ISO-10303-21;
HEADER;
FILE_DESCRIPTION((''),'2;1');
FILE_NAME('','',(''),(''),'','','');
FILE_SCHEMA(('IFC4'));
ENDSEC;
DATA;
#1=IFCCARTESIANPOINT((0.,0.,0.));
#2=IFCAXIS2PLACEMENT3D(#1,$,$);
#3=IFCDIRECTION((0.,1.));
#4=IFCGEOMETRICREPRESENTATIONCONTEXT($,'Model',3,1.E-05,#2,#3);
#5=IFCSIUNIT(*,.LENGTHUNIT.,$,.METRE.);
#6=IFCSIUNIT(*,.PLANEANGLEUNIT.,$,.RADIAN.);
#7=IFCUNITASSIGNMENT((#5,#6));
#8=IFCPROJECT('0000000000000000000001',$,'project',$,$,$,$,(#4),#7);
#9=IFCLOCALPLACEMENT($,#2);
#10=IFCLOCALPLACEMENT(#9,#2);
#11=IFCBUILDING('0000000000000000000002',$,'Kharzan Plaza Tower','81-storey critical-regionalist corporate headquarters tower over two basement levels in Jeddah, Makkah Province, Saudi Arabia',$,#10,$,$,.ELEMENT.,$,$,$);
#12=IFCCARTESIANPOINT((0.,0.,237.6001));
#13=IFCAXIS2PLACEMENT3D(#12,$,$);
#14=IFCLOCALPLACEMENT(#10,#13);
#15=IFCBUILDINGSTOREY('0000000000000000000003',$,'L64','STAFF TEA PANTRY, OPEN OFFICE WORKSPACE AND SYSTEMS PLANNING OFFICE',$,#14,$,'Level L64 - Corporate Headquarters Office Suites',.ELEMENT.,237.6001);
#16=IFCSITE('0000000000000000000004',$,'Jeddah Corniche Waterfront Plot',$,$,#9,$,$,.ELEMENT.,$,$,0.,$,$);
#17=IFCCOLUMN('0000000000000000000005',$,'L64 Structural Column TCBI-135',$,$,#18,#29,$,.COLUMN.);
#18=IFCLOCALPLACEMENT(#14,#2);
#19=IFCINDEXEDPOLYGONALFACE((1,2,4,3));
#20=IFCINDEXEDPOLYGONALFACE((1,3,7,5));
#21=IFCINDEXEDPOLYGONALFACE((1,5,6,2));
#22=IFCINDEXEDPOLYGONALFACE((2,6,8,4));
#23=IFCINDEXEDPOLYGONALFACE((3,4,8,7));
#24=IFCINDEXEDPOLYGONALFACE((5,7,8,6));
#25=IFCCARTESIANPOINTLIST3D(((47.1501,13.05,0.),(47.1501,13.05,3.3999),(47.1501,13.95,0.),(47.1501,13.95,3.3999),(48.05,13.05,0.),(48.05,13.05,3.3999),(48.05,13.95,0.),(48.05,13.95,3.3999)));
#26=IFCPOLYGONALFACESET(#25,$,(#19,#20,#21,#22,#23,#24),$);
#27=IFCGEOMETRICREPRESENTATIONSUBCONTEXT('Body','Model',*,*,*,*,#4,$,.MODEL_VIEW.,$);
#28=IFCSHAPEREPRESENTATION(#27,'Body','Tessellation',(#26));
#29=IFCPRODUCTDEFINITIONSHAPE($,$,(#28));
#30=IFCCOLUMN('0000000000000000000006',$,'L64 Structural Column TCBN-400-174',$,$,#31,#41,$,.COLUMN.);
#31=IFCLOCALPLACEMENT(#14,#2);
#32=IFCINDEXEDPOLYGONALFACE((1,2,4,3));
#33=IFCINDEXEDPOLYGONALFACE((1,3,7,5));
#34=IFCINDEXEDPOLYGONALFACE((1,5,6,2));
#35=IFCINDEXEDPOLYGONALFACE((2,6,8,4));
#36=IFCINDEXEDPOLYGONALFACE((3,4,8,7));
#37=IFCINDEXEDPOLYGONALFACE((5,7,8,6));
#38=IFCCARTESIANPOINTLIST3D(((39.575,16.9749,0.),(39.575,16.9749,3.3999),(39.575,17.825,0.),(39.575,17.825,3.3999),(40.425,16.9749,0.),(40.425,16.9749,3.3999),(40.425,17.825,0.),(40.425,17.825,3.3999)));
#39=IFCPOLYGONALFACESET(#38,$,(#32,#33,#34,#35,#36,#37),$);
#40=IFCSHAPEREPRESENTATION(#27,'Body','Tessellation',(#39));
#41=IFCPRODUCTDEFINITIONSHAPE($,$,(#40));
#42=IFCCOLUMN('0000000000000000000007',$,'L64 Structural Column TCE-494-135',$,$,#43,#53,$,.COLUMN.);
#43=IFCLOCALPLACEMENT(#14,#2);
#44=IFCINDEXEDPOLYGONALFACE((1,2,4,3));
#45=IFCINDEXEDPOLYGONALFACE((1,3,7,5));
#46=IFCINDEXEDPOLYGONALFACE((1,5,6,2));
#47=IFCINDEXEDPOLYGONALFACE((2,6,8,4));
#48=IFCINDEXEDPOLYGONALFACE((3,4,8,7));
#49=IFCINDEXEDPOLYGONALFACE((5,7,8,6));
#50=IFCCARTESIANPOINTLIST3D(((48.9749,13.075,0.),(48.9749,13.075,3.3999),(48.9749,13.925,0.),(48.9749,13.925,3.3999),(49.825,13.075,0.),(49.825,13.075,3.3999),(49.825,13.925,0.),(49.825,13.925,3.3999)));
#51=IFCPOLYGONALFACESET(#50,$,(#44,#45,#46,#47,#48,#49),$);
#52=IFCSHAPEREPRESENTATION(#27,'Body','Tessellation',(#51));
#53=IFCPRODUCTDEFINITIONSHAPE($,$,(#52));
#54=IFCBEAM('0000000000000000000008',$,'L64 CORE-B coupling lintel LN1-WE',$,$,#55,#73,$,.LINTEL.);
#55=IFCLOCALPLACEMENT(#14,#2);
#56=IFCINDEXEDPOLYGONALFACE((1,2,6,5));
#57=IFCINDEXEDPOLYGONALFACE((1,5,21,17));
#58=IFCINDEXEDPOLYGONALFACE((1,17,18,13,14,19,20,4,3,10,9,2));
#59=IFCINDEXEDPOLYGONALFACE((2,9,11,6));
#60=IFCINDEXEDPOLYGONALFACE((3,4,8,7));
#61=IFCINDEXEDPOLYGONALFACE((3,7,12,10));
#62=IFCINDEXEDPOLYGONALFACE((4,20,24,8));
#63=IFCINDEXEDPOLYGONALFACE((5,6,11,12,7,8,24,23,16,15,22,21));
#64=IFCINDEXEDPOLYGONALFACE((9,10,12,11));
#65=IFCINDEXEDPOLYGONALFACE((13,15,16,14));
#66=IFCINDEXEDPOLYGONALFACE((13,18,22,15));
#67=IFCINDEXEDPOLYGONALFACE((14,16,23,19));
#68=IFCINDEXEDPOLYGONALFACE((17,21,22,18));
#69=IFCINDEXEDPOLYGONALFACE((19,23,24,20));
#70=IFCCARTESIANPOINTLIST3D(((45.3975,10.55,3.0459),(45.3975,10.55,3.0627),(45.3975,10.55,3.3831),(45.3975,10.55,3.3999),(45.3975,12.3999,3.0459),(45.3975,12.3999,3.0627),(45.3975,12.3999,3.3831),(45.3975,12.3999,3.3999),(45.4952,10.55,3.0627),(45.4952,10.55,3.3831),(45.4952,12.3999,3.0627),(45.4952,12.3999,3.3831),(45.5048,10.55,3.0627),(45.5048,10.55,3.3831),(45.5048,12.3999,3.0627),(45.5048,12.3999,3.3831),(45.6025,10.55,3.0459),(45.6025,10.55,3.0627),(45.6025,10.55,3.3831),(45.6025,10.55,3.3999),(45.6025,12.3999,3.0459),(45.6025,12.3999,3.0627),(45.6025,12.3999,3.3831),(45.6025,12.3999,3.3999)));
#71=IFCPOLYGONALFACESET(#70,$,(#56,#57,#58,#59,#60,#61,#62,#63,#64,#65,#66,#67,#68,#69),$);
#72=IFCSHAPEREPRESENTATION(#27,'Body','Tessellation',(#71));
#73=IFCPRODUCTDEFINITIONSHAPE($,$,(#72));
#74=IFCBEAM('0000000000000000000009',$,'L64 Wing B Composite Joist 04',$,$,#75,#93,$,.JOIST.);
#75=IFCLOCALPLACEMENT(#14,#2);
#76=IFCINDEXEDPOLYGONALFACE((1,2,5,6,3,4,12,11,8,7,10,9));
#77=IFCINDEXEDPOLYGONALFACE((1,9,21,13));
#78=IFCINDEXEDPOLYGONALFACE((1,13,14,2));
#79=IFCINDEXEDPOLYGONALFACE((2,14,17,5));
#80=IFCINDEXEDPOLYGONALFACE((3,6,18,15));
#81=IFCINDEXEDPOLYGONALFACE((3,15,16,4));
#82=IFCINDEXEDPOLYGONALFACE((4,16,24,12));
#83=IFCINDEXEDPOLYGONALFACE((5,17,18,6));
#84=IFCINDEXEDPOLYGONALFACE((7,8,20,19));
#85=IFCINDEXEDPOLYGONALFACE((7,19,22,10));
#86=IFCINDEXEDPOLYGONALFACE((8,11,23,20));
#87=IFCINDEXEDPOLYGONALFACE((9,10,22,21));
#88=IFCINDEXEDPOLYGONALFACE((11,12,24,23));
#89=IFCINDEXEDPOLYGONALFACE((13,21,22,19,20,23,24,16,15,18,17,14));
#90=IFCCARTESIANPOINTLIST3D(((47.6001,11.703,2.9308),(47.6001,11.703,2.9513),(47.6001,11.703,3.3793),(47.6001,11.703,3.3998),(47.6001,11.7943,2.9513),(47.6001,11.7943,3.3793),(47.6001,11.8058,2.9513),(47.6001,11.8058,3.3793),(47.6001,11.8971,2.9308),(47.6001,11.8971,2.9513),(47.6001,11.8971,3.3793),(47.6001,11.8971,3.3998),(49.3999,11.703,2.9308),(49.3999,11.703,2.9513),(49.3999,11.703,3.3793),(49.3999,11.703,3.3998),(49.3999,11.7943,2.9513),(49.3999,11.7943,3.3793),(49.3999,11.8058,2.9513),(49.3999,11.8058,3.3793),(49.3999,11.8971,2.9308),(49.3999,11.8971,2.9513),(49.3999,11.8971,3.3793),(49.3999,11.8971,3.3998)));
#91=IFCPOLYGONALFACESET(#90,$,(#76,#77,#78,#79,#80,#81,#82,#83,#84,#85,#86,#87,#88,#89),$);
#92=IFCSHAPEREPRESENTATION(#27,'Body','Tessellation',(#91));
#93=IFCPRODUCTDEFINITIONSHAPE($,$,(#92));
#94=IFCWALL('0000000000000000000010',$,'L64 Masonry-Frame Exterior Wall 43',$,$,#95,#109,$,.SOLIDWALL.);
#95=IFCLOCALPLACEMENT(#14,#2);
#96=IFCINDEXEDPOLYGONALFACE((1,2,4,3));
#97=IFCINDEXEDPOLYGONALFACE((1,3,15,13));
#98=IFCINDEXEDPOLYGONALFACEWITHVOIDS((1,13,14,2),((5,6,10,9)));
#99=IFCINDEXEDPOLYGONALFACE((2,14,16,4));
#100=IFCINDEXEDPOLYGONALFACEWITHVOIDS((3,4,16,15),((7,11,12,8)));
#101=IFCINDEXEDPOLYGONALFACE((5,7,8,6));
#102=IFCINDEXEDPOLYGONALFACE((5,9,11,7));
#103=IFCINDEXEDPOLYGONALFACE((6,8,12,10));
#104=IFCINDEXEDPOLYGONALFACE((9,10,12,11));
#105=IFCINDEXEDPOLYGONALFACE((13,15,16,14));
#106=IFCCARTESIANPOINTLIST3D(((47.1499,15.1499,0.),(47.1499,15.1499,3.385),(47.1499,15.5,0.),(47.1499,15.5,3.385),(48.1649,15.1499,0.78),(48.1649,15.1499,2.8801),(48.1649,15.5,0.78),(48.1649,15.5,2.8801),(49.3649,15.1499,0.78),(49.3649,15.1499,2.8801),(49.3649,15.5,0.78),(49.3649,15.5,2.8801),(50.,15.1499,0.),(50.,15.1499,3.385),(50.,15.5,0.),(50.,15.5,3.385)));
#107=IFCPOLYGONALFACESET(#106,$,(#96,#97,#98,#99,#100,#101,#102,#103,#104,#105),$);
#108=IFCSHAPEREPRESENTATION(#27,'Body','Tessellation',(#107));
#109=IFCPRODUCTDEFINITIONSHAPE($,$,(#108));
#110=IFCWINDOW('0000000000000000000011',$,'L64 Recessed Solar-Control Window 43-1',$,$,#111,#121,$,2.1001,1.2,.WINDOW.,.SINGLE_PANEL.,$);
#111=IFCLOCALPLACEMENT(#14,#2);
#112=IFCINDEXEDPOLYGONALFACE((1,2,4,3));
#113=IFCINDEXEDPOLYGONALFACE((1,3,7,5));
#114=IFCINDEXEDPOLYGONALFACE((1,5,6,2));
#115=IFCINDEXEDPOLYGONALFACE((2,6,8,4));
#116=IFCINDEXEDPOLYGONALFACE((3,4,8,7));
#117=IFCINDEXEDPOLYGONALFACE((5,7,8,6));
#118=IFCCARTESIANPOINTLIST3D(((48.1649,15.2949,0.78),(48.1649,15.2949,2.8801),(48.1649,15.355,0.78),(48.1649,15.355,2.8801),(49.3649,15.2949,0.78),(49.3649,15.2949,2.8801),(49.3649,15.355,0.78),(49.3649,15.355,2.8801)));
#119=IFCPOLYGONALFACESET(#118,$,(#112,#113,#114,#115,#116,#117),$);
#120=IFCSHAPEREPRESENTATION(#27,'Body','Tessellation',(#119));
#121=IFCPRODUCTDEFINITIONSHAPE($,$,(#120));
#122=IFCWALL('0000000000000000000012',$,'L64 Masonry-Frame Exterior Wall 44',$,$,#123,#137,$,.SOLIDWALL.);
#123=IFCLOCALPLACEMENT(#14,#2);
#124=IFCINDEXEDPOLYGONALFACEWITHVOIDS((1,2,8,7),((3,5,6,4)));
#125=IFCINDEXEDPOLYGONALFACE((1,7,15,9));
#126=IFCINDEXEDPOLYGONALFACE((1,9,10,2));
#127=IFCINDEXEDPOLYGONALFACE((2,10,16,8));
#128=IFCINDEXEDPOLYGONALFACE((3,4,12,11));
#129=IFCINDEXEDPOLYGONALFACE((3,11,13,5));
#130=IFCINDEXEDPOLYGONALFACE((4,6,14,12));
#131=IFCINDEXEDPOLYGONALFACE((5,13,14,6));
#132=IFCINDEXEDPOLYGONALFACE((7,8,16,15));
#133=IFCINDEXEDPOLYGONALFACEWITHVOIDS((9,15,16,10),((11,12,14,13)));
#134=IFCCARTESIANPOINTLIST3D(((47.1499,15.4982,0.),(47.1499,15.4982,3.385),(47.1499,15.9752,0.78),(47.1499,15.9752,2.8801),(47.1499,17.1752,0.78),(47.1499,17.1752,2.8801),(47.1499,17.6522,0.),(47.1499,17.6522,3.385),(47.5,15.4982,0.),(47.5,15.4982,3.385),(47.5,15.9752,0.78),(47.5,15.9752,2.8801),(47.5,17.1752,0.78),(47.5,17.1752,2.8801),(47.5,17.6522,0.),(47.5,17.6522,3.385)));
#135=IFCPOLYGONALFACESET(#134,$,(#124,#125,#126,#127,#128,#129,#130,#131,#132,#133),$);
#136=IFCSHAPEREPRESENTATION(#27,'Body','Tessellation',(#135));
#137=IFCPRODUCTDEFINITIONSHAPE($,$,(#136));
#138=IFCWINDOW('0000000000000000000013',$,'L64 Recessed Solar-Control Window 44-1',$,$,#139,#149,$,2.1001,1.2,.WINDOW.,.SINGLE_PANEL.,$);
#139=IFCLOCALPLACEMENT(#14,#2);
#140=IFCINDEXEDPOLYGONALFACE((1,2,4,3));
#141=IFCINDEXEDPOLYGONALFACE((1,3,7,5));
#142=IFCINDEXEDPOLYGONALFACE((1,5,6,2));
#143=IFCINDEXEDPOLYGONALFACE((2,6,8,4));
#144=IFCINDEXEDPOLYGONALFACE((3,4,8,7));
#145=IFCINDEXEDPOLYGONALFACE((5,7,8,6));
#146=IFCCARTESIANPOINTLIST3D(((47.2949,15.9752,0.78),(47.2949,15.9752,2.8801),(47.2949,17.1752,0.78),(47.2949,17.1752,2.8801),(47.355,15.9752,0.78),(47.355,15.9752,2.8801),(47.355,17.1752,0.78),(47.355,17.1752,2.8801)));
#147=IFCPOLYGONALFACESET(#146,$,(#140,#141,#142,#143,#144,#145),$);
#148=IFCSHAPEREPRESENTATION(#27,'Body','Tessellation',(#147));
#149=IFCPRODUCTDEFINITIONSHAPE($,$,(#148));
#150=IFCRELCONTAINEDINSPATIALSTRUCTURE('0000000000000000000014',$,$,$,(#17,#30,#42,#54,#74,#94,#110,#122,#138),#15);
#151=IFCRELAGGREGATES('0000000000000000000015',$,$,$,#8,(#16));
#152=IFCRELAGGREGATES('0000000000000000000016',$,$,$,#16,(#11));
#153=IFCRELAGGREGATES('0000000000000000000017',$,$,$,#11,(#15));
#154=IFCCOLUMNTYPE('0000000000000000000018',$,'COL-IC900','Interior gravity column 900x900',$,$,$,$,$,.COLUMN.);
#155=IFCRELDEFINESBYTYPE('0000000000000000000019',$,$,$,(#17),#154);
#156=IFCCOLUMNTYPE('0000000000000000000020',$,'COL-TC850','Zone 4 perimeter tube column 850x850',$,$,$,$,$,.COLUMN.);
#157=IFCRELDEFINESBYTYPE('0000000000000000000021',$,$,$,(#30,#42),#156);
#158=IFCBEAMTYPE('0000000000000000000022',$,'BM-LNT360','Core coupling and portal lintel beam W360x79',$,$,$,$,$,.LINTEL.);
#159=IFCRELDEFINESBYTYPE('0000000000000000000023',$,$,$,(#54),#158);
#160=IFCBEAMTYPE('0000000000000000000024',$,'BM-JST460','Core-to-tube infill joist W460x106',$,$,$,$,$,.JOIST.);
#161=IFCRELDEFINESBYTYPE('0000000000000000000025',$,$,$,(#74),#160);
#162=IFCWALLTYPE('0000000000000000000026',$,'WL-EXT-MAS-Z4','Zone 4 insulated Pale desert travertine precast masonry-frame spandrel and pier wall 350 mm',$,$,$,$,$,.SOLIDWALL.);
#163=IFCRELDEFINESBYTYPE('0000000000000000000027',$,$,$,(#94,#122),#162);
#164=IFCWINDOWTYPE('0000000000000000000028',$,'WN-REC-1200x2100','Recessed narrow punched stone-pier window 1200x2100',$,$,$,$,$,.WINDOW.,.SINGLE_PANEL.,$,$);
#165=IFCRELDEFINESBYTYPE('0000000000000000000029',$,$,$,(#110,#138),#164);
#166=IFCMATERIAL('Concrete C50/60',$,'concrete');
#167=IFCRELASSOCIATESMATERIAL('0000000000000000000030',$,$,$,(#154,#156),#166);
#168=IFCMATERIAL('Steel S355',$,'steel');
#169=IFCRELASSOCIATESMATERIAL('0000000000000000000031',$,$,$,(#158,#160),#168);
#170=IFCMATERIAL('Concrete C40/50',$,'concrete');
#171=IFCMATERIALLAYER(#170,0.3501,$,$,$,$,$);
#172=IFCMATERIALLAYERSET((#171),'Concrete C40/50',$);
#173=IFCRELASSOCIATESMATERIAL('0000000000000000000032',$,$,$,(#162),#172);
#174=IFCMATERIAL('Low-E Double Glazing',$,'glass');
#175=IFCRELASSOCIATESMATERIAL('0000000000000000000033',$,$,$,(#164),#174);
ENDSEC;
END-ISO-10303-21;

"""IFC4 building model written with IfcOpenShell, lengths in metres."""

from ifc_helpers import new_model, si_unit, direction, frame, frame_2d, origin, origin_2d, place, context, subcontext, project, spatial, rectangle, i_section, extrude, source, transform, mapped, material, layer, layer_set, material_profile, profile_set, type_object, element, fill, save


model = new_model("IFC4")

# Units and contexts
model_context = context("Model", 3, precision=1e-05, world=origin(), true_north=direction((0.0, 1.0)))
body_context = subcontext(model_context, "Body", "Model", "MODEL_VIEW")
ifc_project = project(units=[si_unit("LENGTHUNIT", "METRE"), si_unit("PLANEANGLEUNIT", "RADIAN")], contexts=[model_context])

# Site, building, storey
site_placement = place(None, origin())
site = spatial("IfcSite", under=ifc_project, at=site_placement, Name="Jeddah Corniche Waterfront Plot", CompositionType="ELEMENT", RefElevation=0.0)
building_placement = place(site_placement, origin())
building = spatial("IfcBuilding", under=site, at=building_placement, Name="Kharzan Plaza Tower", Description="81-storey critical-regionalist corporate headquarters tower over two basement levels in Jeddah, Makkah Province, Saudi Arabia", CompositionType="ELEMENT")
storey_placement = place(building_placement, frame((0.0, 0.0, 237.6001)))
storey = spatial("IfcBuildingStorey", under=building, at=storey_placement, Name="L64", Description="STAFF TEA PANTRY, OPEN OFFICE WORKSPACE AND SYSTEMS PLANNING OFFICE", LongName="Level L64 - Corporate Headquarters Office Suites", CompositionType="ELEMENT", Elevation=237.6001)

# Columns
ifc_material_1 = material(Name="Concrete C50/60", Category="concrete")
ifc_material_profile_1 = material_profile(ifc_material_1, rectangle(XDim=0.8999, YDim=0.8999, at=origin_2d()), Name="RC-IC900x900")
ifc_profile_set_1 = profile_set([ifc_material_profile_1], Name="Concrete C50/60")
column_type_1 = type_object("IfcColumnType", Name="COL-IC900", Description="Interior gravity column 900x900", PredefinedType="COLUMN", material=ifc_profile_set_1)
shared_shape_1 = source(origin(), body_context, "Body", "SweptSolid", [
    extrude(rectangle(XDim=0.8999, YDim=0.8999, at=origin_2d()), origin(), (0.0, 0.0, 1.0), 3.3999),
])
column_placement = place(storey_placement, frame((47.6001, 13.5, 0.0), z_axis=(0.0, 0.0, 1.0), x_axis=(1.0, 0.0, 0.0)))
element("IfcColumn", 1, at=column_placement, inside=storey, type_object=column_type_1, Name="L64 Structural Column TCBI-135", PredefinedType="COLUMN", context=body_context, shape_type="MappedRepresentation", body=[
    mapped(shared_shape_1, transform((0.0, 0.0, 0.0), x_axis=(1.0, 0.0, 0.0), y_axis=(0.0, 1.0, 0.0), z_axis=(0.0, 0.0, 1.0))),
])
ifc_material_profile_2 = material_profile(ifc_material_1, rectangle(XDim=0.8501, YDim=0.8501, at=origin_2d()), Name="RC-TC850x850")
ifc_profile_set_2 = profile_set([ifc_material_profile_2], Name="Concrete C50/60")
column_type_2 = type_object("IfcColumnType", Name="COL-TC850", Description="Zone 4 perimeter tube column 850x850", PredefinedType="COLUMN", material=ifc_profile_set_2)
shared_shape_2 = source(origin(), body_context, "Body", "SweptSolid", [
    extrude(rectangle(XDim=0.8501, YDim=0.8501, at=origin_2d()), origin(), (0.0, 0.0, 1.0), 3.3999),
])
for number, where, z_axis, x_axis, name in (
    (2, (40.0, 17.3999, 0.0), (0.0, 0.0, 1.0), (1.0, 0.0, 0.0), "L64 Structural Column TCBN-400-174"),
    (3, (49.3999, 13.5, 0.0), (0.0, 0.0, 1.0), (1.0, 0.0, 0.0), "L64 Structural Column TCE-494-135"),
):
    element("IfcColumn", number, at=place(storey_placement, frame(where, z_axis=z_axis, x_axis=x_axis)), inside=storey, type_object=column_type_2, Name=name, PredefinedType="COLUMN", context=body_context, shape_type="MappedRepresentation", body=[
        mapped(shared_shape_2, transform((0.0, 0.0, 0.0), x_axis=(1.0, 0.0, 0.0), y_axis=(0.0, 1.0, 0.0), z_axis=(0.0, 0.0, 1.0))),
    ])

# Beams
ifc_material_2 = material(Name="Steel S355", Category="steel")
ifc_material_profile_3 = material_profile(ifc_material_2, i_section(OverallWidth=0.2051, OverallDepth=0.354, WebThickness=0.0095, FlangeThickness=0.0168, at=origin_2d()), Name="W360x79")
ifc_profile_set_3 = profile_set([ifc_material_profile_3], Name="Steel S355")
beam_type_1 = type_object("IfcBeamType", Name="BM-LNT360", Description="Core coupling and portal lintel beam W360x79", PredefinedType="LINTEL", material=ifc_profile_set_3)
shared_shape_3 = source(origin(), body_context, "Body", "SweptSolid", [
    extrude(i_section(OverallWidth=0.2051, OverallDepth=0.354, WebThickness=0.0095, FlangeThickness=0.0168, at=origin_2d()), origin(), (0.0, 0.0, 1.0), 1.8499),
])
beam_1_placement = place(storey_placement, frame((45.5, 10.55, 3.2229), z_axis=(0.0, 1.0, 0.0), x_axis=(-1.0, 0.0, 0.0)))
element("IfcBeam", 4, at=beam_1_placement, inside=storey, type_object=beam_type_1, Name="L64 CORE-B coupling lintel LN1-WE", PredefinedType="LINTEL", context=body_context, shape_type="MappedRepresentation", body=[
    mapped(shared_shape_3, transform((0.0, 0.0, 0.0), x_axis=(1.0, 0.0, 0.0), y_axis=(0.0, 1.0, 0.0), z_axis=(0.0, 0.0, 1.0))),
])
ifc_material_profile_4 = material_profile(ifc_material_2, i_section(OverallWidth=0.1941, OverallDepth=0.469, WebThickness=0.0115, FlangeThickness=0.0205, at=origin_2d()), Name="W460x106")
ifc_profile_set_4 = profile_set([ifc_material_profile_4], Name="Steel S355")
beam_type_2 = type_object("IfcBeamType", Name="BM-JST460", Description="Core-to-tube infill joist W460x106", PredefinedType="JOIST", material=ifc_profile_set_4)
shared_shape_4 = source(origin(), body_context, "Body", "SweptSolid", [
    extrude(i_section(OverallWidth=0.1941, OverallDepth=0.469, WebThickness=0.0115, FlangeThickness=0.0205, at=origin_2d()), origin(), (0.0, 0.0, 1.0), 1.7998),
])
beam_2_placement = place(storey_placement, frame((47.6001, 11.8, 3.1653), z_axis=(1.0, 0.0, 0.0), x_axis=(0.0, 1.0, 0.0)))
element("IfcBeam", 5, at=beam_2_placement, inside=storey, type_object=beam_type_2, Name="L64 Wing B Composite Joist 04", PredefinedType="JOIST", context=body_context, shape_type="MappedRepresentation", body=[
    mapped(shared_shape_4, transform((0.0, 0.0, 0.0), x_axis=(1.0, 0.0, 0.0), y_axis=(0.0, 1.0, 0.0), z_axis=(0.0, 0.0, 1.0))),
])

# Walls, openings, windows
ifc_material_3 = material(Name="Concrete C40/50", Category="concrete")
ifc_layer_1 = layer(ifc_material_3, 0.3501)
ifc_layer_set_1 = layer_set([ifc_layer_1], Name="Concrete C40/50")
wall_type_1 = type_object("IfcWallType", Name="WL-EXT-MAS-Z4", Description="Zone 4 insulated Pale desert travertine precast masonry-frame spandrel and pier wall 350 mm", PredefinedType="SOLIDWALL", material=ifc_layer_set_1)
wall_1_placement = place(storey_placement, frame((50.0, 15.325, 0.0), z_axis=(0.0, 0.0, 1.0), x_axis=(-1.0, 0.0, 0.0)))
wall_1 = element("IfcWall", 6, at=wall_1_placement, inside=storey, type_object=wall_type_1, Name="L64 Masonry-Frame Exterior Wall 43", PredefinedType="SOLIDWALL", context=body_context, shape_type="SweptSolid", body=[
    extrude(rectangle(XDim=2.8501, YDim=0.3501, at=frame_2d((1.425, 0.0))), origin(), (0.0, 0.0, 1.0), 3.385),
])
opening_1_placement = place(wall_1_placement, frame((0.635, 0.0, 0.78)))
opening_1 = element("IfcOpeningElement", 7, at=opening_1_placement, cuts=wall_1, PredefinedType="OPENING", context=body_context, shape_type="SweptSolid", body=[
    extrude(rectangle(XDim=1.2, YDim=2.1001, at=frame_2d((0.6001, 1.05))), frame((0.0, 0.1851, 0.0), z_axis=(0.0, -1.0, 0.0), x_axis=(1.0, 0.0, 0.0)), (0.0, 0.0, 1.0), 0.3701),
])
ifc_material_4 = material(Name="Low-E Double Glazing", Category="glass")
window_type_1 = type_object("IfcWindowType", Name="WN-REC-1200x2100", Description="Recessed narrow punched stone-pier window 1200x2100", PartitioningType="SINGLE_PANEL", PredefinedType="WINDOW", material=ifc_material_4)
shared_shape_5 = source(origin(), body_context, "Body", "SweptSolid", [
    extrude(rectangle(XDim=1.2, YDim=2.1001, at=frame_2d((0.6001, 1.05))), frame((0.0, 0.03, 0.0), z_axis=(0.0, -1.0, 0.0), x_axis=(1.0, 0.0, 0.0)), (0.0, 0.0, 1.0), 0.0601),
])
window_1_placement = place(opening_1_placement, origin())
window_1 = element("IfcWindow", 8, at=window_1_placement, inside=storey, type_object=window_type_1, Name="L64 Recessed Solar-Control Window 43-1", OverallHeight=2.1001, OverallWidth=1.2, PartitioningType="SINGLE_PANEL", PredefinedType="WINDOW", context=body_context, shape_type="MappedRepresentation", body=[
    mapped(shared_shape_5, transform((0.0, 0.0, 0.0), x_axis=(1.0, 0.0, 0.0), y_axis=(0.0, 1.0, 0.0), z_axis=(0.0, 0.0, 1.0))),
])
fill(opening_1, window_1)
wall_2_placement = place(storey_placement, frame((47.325, 15.498, 0.0), z_axis=(0.0, 0.0, 1.0), x_axis=(0.0, 1.0, 0.0)))
wall_2 = element("IfcWall", 9, at=wall_2_placement, inside=storey, type_object=wall_type_1, Name="L64 Masonry-Frame Exterior Wall 44", PredefinedType="SOLIDWALL", context=body_context, shape_type="SweptSolid", body=[
    extrude(rectangle(XDim=2.1541, YDim=0.3501, at=frame_2d((1.0771, 0.0))), origin(), (0.0, 0.0, 1.0), 3.385),
])
opening_2_placement = place(wall_2_placement, frame((0.4771, 0.0, 0.78)))
opening_2 = element("IfcOpeningElement", 10, at=opening_2_placement, cuts=wall_2, PredefinedType="OPENING", context=body_context, shape_type="SweptSolid", body=[
    extrude(rectangle(XDim=1.2, YDim=2.1001, at=frame_2d((0.6001, 1.05))), frame((0.0, 0.1851, 0.0), z_axis=(0.0, -1.0, 0.0), x_axis=(1.0, 0.0, 0.0)), (0.0, 0.0, 1.0), 0.3701),
])
window_2_placement = place(opening_2_placement, origin())
window_2 = element("IfcWindow", 11, at=window_2_placement, inside=storey, type_object=window_type_1, Name="L64 Recessed Solar-Control Window 44-1", OverallHeight=2.1001, OverallWidth=1.2, PartitioningType="SINGLE_PANEL", PredefinedType="WINDOW", context=body_context, shape_type="MappedRepresentation", body=[
    mapped(shared_shape_5, transform((0.0, 0.0, 0.0), x_axis=(1.0, 0.0, 0.0), y_axis=(0.0, 1.0, 0.0), z_axis=(0.0, 0.0, 1.0))),
])
fill(opening_2, window_2)

save(model, "model.ifc")
